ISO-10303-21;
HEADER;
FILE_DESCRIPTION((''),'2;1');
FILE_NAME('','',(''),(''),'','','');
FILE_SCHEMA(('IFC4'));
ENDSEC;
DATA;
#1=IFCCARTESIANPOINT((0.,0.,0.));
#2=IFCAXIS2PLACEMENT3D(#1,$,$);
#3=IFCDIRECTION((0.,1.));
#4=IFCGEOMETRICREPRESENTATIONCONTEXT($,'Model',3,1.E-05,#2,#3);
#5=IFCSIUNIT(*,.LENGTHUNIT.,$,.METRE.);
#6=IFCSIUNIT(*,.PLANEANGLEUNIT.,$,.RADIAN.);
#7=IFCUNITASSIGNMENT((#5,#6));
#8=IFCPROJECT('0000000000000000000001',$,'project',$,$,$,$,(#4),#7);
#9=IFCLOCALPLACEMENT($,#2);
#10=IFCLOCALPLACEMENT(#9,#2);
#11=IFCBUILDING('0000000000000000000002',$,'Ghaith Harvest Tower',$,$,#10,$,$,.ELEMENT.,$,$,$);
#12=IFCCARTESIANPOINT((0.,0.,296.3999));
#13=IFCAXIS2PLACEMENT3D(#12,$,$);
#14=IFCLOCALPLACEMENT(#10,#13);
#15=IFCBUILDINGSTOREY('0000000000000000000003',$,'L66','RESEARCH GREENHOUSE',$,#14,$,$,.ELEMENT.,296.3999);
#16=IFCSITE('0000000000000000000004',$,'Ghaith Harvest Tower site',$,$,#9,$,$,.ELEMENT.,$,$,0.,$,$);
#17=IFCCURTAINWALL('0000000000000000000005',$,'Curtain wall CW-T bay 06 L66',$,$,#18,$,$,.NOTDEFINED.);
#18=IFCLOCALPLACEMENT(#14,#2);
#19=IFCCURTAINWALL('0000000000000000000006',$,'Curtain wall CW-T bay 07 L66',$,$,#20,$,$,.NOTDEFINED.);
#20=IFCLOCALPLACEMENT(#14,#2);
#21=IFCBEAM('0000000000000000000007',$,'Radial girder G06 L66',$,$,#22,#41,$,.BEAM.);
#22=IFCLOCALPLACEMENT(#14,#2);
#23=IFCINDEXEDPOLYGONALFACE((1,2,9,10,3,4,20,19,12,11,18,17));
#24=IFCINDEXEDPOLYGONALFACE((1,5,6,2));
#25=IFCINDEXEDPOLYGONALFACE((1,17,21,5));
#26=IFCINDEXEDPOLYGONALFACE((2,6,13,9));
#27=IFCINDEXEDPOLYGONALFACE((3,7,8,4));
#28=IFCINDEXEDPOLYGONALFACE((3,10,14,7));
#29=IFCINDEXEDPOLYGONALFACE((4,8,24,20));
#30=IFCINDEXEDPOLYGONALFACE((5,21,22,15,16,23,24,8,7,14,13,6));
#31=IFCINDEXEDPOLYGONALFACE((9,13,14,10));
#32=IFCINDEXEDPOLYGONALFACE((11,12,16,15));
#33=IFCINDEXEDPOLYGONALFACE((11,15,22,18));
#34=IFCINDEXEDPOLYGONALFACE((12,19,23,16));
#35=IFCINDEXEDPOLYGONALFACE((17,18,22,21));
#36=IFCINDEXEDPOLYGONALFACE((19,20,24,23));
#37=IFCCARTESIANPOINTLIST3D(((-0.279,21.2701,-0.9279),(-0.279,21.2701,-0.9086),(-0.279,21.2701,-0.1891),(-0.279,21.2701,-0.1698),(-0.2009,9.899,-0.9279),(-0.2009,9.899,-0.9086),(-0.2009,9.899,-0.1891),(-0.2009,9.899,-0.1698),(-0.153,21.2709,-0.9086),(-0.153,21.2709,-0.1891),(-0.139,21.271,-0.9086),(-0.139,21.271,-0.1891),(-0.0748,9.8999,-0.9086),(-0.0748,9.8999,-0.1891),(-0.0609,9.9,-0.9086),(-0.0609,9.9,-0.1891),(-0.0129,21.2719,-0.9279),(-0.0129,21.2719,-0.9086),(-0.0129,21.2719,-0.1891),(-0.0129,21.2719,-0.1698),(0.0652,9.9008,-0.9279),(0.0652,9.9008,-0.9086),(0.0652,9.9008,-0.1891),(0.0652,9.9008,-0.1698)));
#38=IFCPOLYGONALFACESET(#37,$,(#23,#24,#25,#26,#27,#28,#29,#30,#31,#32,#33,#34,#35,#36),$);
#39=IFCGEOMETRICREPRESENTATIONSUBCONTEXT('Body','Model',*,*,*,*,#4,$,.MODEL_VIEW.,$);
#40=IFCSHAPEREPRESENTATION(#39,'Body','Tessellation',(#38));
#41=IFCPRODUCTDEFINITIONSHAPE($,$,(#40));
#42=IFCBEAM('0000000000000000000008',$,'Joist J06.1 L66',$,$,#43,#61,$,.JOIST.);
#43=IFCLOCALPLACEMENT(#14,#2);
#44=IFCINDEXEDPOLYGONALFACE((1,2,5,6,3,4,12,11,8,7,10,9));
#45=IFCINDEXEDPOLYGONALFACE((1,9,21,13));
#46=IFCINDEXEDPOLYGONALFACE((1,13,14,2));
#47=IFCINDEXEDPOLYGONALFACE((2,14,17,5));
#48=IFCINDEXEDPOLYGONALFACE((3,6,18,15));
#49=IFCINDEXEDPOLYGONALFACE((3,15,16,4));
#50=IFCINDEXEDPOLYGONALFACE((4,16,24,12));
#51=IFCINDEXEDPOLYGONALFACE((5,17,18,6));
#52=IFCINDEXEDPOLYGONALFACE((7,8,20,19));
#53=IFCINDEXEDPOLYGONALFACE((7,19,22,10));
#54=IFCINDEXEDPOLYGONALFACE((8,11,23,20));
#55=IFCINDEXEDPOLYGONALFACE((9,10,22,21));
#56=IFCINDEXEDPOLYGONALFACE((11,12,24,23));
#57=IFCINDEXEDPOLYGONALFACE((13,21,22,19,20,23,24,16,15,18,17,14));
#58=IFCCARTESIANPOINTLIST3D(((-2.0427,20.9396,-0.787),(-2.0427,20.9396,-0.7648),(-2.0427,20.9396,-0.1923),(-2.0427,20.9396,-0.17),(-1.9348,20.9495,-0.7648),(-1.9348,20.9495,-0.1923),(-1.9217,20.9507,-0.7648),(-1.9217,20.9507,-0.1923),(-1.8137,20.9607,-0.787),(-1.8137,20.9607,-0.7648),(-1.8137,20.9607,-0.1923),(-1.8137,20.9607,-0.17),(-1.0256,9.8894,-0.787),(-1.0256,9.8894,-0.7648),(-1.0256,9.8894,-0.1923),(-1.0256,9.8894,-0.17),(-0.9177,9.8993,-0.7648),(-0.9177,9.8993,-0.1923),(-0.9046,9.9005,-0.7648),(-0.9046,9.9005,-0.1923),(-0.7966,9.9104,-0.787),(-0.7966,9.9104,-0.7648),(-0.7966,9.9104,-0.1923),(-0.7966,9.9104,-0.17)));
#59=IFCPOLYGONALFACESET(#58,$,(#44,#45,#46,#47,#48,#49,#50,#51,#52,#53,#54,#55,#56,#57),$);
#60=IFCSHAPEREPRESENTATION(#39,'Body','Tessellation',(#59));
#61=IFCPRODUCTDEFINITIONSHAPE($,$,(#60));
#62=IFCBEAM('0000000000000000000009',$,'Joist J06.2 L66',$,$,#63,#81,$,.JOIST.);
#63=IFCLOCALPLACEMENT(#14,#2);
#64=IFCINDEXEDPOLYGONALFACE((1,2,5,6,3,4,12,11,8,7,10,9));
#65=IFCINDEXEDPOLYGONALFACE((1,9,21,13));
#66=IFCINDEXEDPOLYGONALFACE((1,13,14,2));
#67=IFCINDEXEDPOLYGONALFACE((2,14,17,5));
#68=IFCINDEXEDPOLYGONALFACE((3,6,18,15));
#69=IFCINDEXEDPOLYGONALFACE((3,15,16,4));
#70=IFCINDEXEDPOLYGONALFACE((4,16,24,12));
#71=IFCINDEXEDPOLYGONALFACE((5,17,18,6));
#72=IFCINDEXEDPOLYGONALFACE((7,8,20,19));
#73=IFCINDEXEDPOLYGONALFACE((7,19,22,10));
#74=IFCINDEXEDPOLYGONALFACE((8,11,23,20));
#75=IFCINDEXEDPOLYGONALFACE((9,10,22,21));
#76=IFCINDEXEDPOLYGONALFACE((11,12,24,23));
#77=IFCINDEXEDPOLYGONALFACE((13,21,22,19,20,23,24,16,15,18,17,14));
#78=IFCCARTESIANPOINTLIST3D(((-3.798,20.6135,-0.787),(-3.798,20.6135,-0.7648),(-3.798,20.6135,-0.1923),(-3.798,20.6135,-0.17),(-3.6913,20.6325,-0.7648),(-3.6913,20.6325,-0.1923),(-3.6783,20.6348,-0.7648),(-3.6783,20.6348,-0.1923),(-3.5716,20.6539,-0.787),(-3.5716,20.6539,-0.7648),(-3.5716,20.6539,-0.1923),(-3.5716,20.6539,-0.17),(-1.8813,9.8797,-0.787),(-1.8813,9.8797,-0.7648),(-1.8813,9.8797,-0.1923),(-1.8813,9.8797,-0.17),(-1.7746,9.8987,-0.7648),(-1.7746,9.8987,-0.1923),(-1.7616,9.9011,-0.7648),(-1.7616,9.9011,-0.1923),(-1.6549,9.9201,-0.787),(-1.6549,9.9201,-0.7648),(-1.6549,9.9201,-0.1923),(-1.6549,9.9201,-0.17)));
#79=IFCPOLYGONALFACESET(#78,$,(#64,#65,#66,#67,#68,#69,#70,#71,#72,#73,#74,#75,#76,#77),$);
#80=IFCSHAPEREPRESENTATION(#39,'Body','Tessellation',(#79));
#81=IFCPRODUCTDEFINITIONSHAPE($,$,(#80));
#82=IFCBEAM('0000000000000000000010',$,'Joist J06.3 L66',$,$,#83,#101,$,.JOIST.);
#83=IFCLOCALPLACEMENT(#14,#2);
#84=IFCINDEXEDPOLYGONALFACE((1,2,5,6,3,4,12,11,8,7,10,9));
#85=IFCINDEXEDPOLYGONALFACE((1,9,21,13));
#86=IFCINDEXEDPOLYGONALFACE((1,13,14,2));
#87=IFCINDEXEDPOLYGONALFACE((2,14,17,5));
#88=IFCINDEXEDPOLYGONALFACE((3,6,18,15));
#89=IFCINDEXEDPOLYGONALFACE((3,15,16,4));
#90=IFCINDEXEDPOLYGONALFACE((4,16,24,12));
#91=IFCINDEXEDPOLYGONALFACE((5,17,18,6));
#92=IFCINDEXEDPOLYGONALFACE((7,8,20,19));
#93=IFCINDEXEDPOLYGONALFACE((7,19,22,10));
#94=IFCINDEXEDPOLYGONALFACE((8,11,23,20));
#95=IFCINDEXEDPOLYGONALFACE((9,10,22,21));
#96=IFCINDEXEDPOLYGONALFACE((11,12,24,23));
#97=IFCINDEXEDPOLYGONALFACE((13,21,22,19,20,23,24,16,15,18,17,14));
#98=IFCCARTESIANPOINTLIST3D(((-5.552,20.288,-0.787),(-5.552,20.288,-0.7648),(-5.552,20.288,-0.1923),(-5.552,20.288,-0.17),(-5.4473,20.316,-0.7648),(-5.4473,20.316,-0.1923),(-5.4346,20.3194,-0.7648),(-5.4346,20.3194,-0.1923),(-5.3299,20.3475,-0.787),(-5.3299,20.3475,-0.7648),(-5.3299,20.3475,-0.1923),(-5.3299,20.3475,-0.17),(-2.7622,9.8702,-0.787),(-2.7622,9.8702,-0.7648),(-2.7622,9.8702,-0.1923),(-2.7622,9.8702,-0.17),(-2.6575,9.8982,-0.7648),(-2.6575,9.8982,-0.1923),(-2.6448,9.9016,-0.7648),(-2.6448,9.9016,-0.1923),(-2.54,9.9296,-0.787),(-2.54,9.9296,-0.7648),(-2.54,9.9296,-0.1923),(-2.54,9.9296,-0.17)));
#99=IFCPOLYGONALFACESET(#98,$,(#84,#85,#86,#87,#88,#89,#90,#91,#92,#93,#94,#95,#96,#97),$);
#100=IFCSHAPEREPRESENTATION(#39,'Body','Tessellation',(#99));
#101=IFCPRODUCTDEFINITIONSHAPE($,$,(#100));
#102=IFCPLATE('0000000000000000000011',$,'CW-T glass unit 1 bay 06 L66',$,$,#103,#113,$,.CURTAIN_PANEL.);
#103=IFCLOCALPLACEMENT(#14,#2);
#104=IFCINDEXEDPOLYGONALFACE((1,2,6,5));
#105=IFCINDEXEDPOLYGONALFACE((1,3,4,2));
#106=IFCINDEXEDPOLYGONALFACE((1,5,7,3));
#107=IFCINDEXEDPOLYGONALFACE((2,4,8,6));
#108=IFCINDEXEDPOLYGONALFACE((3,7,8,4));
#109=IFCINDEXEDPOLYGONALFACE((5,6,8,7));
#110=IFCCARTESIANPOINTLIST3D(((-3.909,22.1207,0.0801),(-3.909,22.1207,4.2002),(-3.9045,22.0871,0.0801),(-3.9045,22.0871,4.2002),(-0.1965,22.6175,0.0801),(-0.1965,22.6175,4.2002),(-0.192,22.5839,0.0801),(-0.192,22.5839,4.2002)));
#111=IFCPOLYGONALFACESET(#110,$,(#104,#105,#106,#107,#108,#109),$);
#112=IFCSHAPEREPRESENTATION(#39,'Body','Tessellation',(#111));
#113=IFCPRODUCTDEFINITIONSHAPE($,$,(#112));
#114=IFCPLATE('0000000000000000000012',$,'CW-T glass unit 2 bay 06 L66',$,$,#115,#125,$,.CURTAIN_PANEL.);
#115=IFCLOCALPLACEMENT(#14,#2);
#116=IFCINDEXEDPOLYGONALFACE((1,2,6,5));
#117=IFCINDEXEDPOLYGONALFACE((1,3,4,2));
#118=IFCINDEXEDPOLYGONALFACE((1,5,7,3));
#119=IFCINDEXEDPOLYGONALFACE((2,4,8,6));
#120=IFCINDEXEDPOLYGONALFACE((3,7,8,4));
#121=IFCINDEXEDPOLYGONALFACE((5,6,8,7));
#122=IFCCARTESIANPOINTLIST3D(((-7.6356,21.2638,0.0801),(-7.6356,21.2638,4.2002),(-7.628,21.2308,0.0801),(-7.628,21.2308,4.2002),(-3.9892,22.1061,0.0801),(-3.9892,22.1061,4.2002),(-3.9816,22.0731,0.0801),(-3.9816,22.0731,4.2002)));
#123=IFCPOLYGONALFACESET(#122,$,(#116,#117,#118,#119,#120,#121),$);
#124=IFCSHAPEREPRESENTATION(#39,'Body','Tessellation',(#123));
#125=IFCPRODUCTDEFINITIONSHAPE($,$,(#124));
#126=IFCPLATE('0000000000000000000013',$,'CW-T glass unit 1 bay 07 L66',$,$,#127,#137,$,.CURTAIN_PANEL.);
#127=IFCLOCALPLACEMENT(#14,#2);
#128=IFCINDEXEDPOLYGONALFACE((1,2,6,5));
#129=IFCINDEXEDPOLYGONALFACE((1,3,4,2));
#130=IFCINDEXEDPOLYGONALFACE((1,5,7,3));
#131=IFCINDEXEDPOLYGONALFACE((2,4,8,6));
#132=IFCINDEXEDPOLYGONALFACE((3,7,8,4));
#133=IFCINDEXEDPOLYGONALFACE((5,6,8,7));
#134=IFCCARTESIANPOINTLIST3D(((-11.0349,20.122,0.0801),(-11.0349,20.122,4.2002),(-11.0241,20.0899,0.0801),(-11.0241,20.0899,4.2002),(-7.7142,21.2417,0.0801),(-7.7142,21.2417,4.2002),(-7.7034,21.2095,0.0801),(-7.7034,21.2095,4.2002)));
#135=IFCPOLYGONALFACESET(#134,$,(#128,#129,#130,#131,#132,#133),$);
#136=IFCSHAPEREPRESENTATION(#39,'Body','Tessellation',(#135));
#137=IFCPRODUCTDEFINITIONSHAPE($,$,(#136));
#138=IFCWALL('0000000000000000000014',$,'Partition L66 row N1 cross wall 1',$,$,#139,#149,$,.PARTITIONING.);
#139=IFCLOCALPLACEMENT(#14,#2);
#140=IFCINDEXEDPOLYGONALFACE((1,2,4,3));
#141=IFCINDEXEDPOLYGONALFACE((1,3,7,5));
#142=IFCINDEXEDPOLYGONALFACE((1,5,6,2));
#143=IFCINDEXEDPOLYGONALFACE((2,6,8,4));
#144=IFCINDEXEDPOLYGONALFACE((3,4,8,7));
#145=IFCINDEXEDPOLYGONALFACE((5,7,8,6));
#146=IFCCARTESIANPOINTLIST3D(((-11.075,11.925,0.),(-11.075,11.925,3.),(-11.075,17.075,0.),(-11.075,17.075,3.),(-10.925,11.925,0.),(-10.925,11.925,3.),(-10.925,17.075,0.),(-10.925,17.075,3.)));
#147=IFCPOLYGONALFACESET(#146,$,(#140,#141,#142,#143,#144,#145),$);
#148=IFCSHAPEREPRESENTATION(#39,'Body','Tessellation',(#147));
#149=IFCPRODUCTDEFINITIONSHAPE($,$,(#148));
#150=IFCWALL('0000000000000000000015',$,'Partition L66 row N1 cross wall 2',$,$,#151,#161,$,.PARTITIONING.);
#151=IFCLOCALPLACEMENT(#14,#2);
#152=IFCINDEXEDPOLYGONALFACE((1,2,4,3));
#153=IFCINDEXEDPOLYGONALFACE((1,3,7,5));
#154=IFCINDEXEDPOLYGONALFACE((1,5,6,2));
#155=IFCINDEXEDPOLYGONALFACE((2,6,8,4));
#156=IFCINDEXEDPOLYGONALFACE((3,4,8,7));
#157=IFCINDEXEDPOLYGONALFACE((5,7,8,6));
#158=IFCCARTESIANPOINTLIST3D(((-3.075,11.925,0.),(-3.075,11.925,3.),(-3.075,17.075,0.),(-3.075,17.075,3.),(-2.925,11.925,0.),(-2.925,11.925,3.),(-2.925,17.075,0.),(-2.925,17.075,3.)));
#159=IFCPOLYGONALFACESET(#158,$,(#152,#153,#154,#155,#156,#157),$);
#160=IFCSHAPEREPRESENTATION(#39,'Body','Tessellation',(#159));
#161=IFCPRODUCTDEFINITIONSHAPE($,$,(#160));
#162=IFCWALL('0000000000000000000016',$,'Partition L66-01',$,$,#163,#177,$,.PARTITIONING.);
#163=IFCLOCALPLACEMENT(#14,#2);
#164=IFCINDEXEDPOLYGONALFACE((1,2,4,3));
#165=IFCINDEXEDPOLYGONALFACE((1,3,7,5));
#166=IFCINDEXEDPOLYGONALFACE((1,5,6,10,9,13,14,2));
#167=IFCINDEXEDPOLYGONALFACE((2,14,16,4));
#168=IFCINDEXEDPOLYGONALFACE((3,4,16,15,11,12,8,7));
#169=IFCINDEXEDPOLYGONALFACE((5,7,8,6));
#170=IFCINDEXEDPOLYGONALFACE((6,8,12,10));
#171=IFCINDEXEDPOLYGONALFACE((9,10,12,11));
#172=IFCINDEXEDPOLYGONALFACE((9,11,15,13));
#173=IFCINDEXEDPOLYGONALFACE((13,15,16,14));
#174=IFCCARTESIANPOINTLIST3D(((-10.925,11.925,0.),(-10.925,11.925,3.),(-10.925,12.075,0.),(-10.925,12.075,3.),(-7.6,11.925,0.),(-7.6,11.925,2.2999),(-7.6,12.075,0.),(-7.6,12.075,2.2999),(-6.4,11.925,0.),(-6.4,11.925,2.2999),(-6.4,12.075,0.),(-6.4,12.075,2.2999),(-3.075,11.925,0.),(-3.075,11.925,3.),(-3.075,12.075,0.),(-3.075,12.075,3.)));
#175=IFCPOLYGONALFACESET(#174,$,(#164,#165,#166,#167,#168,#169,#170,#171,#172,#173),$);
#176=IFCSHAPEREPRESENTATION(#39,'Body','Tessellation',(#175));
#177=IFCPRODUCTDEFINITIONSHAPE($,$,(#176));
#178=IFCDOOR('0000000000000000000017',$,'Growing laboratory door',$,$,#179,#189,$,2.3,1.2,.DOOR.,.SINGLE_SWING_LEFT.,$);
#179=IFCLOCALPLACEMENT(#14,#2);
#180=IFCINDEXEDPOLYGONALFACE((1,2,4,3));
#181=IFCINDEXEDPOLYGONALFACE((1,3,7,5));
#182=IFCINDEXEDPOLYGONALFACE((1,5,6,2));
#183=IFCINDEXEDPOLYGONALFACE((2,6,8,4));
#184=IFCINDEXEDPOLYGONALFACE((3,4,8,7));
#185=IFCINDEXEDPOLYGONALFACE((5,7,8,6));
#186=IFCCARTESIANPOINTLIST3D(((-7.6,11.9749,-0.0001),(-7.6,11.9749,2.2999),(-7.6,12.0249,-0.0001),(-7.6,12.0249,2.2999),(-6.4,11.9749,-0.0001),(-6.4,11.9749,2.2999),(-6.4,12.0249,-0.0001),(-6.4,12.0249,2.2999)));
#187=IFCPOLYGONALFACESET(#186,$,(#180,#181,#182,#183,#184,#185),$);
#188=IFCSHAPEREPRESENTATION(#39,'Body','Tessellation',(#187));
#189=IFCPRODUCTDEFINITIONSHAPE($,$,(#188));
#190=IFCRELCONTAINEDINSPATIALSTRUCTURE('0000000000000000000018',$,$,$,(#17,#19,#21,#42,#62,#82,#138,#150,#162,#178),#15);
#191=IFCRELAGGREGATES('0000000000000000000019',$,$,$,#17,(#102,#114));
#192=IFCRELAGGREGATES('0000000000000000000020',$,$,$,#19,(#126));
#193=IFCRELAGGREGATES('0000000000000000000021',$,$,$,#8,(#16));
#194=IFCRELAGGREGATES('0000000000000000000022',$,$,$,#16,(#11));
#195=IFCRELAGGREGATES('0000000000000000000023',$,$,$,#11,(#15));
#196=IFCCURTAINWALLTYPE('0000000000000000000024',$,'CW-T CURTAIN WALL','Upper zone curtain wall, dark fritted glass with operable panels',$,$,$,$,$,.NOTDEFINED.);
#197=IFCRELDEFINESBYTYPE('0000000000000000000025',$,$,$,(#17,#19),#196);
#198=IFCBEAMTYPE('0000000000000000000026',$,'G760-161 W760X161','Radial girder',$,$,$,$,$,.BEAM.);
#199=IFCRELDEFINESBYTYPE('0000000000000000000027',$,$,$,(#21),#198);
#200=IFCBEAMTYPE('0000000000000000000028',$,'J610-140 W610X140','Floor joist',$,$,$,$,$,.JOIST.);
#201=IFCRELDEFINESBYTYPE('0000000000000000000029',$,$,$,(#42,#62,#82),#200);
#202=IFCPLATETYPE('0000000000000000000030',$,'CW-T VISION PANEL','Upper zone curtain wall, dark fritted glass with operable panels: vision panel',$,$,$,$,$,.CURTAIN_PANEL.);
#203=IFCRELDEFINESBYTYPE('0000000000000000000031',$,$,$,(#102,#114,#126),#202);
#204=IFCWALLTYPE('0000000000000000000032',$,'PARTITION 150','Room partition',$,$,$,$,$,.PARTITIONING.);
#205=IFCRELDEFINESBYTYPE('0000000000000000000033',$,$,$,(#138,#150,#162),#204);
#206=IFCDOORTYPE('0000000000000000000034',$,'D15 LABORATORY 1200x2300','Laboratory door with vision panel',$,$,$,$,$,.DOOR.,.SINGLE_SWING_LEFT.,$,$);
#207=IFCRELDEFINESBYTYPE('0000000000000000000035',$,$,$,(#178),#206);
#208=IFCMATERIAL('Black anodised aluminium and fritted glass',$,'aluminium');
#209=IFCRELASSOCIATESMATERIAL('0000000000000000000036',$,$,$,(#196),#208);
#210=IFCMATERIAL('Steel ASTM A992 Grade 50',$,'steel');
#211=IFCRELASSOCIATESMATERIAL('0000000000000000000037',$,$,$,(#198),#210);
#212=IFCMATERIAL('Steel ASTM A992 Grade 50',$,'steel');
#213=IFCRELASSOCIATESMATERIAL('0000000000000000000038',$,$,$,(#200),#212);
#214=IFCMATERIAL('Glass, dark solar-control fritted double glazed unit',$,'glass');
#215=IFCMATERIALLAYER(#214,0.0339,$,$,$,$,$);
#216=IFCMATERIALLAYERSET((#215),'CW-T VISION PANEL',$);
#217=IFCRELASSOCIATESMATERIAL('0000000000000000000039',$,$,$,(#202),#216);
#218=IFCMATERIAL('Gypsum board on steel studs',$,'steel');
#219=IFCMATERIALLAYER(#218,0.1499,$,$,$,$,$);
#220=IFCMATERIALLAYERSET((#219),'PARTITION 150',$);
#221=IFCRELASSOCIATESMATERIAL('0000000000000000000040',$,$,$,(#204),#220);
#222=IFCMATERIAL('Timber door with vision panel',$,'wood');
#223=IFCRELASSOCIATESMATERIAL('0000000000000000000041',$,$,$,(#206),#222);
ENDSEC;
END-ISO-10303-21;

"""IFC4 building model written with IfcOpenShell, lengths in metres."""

from ifc_helpers import new_model, si_unit, direction, frame, frame_2d, origin, origin_2d, place, context, subcontext, project, spatial, rectangle, i_section, extrude, material, layer, layer_set, material_profile, profile_set, type_object, element, fill, aggregate, save


model = new_model("IFC4")

# Units and contexts
model_context = context("Model", 3, precision=1e-05, world=origin(), true_north=direction((0.0, 1.0)))
body_context = subcontext(model_context, "Body", "Model", "MODEL_VIEW")
ifc_project = project(units=[si_unit("LENGTHUNIT", "METRE"), si_unit("PLANEANGLEUNIT", "RADIAN")], contexts=[model_context])

# Site, building, storey
site_placement = place(None, origin())
site = spatial("IfcSite", under=ifc_project, at=site_placement, Name="Ghaith Harvest Tower site", CompositionType="ELEMENT", RefElevation=0.0)
building_placement = place(site_placement, origin())
building = spatial("IfcBuilding", under=site, at=building_placement, Name="Ghaith Harvest Tower", CompositionType="ELEMENT")
storey_placement = place(building_placement, frame((0.0, 0.0, 296.3999)))
storey = spatial("IfcBuildingStorey", under=building, at=storey_placement, Name="L66", Description="RESEARCH GREENHOUSE", CompositionType="ELEMENT", Elevation=296.3999)

# Curtain walls
ifc_material_1 = material(Name="Black anodised aluminium and fritted glass", Category="aluminium")
curtain_wall_type = type_object("IfcCurtainWallType", Name="CW-T CURTAIN WALL", Description="Upper zone curtain wall, dark fritted glass with operable panels", PredefinedType="NOTDEFINED", material=ifc_material_1)
curtain_wall_1_placement = place(storey_placement, origin())
curtain_wall_1 = element("IfcCurtainWall", 1, at=curtain_wall_1_placement, inside=storey, type_object=curtain_wall_type, Name="Curtain wall CW-T bay 06 L66", PredefinedType="NOTDEFINED")
curtain_wall_2_placement = place(storey_placement, origin())
curtain_wall_2 = element("IfcCurtainWall", 2, at=curtain_wall_2_placement, inside=storey, type_object=curtain_wall_type, Name="Curtain wall CW-T bay 07 L66", PredefinedType="NOTDEFINED")

# Beams
ifc_material_2 = material(Name="Steel ASTM A992 Grade 50", Category="steel")
ifc_material_profile_1 = material_profile(ifc_material_2, i_section(OverallWidth=0.2661, OverallDepth=0.7581, WebThickness=0.0139, FlangeThickness=0.0193, at=origin_2d()), Name="W760X161")
ifc_profile_set_1 = profile_set([ifc_material_profile_1], Name="Steel ASTM A992 Grade 50")
beam_type_1 = type_object("IfcBeamType", Name="G760-161 W760X161", Description="Radial girder", PredefinedType="BEAM", material=ifc_profile_set_1)
beam_1_placement = place(storey_placement, frame((-0.0679, 9.8999, -0.5488), z_axis=(-0.00687, 0.999976, 0.0), x_axis=(-0.999976, -0.00687, 0.0)))
element("IfcBeam", 3, at=beam_1_placement, inside=storey, type_object=beam_type_1, Name="Radial girder G06 L66", PredefinedType="BEAM", context=body_context, shape_type="SweptSolid", body=[
    extrude(i_section(OverallWidth=0.2661, OverallDepth=0.7581, WebThickness=0.0139, FlangeThickness=0.0193, at=origin_2d()), origin(), (0.0, 0.0, 1.0), 11.3713),
])
ifc_material_3 = material(Name="Steel ASTM A992 Grade 50", Category="steel")
ifc_material_profile_2 = material_profile(ifc_material_3, i_section(OverallWidth=0.23, OverallDepth=0.6169, WebThickness=0.0132, FlangeThickness=0.0222, at=origin_2d()), Name="W610X140")
ifc_profile_set_2 = profile_set([ifc_material_profile_2], Name="Steel ASTM A992 Grade 50")
beam_type_2 = type_object("IfcBeamType", Name="J610-140 W610X140", Description="Floor joist", PredefinedType="JOIST", material=ifc_profile_set_2)
beam_2_placement = place(storey_placement, frame((-0.9111, 9.8999, -0.4785), z_axis=(-0.091654, 0.995791, 0.0), x_axis=(-0.995791, -0.091654, 0.0)))
element("IfcBeam", 4, at=beam_2_placement, inside=storey, type_object=beam_type_2, Name="Joist J06.1 L66", PredefinedType="JOIST", context=body_context, shape_type="SweptSolid", body=[
    extrude(i_section(OverallWidth=0.23, OverallDepth=0.6169, WebThickness=0.0132, FlangeThickness=0.0222, at=origin_2d()), origin(), (0.0, 0.0, 1.0), 11.0969),
])
beam_3_placement = place(storey_placement, frame((-1.7681, 9.8999, -0.4785), z_axis=(-0.175789, 0.984428, 0.0), x_axis=(-0.984428, -0.175789, 0.0)))
element("IfcBeam", 5, at=beam_3_placement, inside=storey, type_object=beam_type_2, Name="Joist J06.2 L66", PredefinedType="JOIST", context=body_context, shape_type="SweptSolid", body=[
    extrude(i_section(OverallWidth=0.23, OverallDepth=0.6169, WebThickness=0.0132, FlangeThickness=0.0222, at=origin_2d()), origin(), (0.0, 0.0, 1.0), 10.9036),
])
beam_4_placement = place(storey_placement, frame((-2.6511, 9.8999, -0.4785), z_axis=(-0.258678, 0.965964, 0.0), x_axis=(-0.965964, -0.258678, 0.0)))
element("IfcBeam", 6, at=beam_4_placement, inside=storey, type_object=beam_type_2, Name="Joist J06.3 L66", PredefinedType="JOIST", context=body_context, shape_type="SweptSolid", body=[
    extrude(i_section(OverallWidth=0.23, OverallDepth=0.6169, WebThickness=0.0132, FlangeThickness=0.0222, at=origin_2d()), origin(), (0.0, 0.0, 1.0), 10.7849),
])

# Plates
ifc_material_4 = material(Name="Glass, dark solar-control fritted double glazed unit", Category="glass")
ifc_layer_1 = layer(ifc_material_4, 0.0339)
ifc_layer_set_1 = layer_set([ifc_layer_1], Name="CW-T VISION PANEL")
plate_type = type_object("IfcPlateType", Name="CW-T VISION PANEL", Description="Upper zone curtain wall, dark fritted glass with operable panels: vision panel", PredefinedType="CURTAIN_PANEL", material=ifc_layer_set_1)
plate_1_placement = place(storey_placement, frame((-2.0505, 22.3523, 0.0801), z_axis=(0.0, 0.0, 1.0), x_axis=(-0.991165, -0.132633, 0.0)))
plate_1 = element("IfcPlate", 7, at=plate_1_placement, type_object=plate_type, Name="CW-T glass unit 1 bay 06 L66", PredefinedType="CURTAIN_PANEL", context=body_context, shape_type="SweptSolid", body=[
    extrude(rectangle(XDim=3.7456, YDim=0.0339, at=origin_2d()), origin(), (0.0, 0.0, 1.0), 4.1201),
])
plate_2_placement = place(storey_placement, frame((-5.8086, 21.6685, 0.0801), z_axis=(0.0, 0.0, 1.0), x_axis=(-0.974342, -0.225072, 0.0)))
plate_2 = element("IfcPlate", 8, at=plate_2_placement, type_object=plate_type, Name="CW-T glass unit 2 bay 06 L66", PredefinedType="CURTAIN_PANEL", context=body_context, shape_type="SweptSolid", body=[
    extrude(rectangle(XDim=3.7424, YDim=0.0339, at=origin_2d()), origin(), (0.0, 0.0, 1.0), 4.1201),
])
aggregate(curtain_wall_1, [plate_1, plate_2])
plate_3_placement = place(storey_placement, frame((-9.3691, 20.6658, 0.0801), z_axis=(0.0, 0.0, 1.0), x_axis=(-0.947586, -0.3195, 0.0)))
plate_3 = element("IfcPlate", 9, at=plate_3_placement, type_object=plate_type, Name="CW-T glass unit 1 bay 07 L66", PredefinedType="CURTAIN_PANEL", context=body_context, shape_type="SweptSolid", body=[
    extrude(rectangle(XDim=3.5044, YDim=0.0339, at=origin_2d()), origin(), (0.0, 0.0, 1.0), 4.1201),
])
aggregate(curtain_wall_2, [plate_3])

# Walls
ifc_material_5 = material(Name="Gypsum board on steel studs", Category="steel")
ifc_layer_2 = layer(ifc_material_5, 0.1499)
ifc_layer_set_2 = layer_set([ifc_layer_2], Name="PARTITION 150")
wall_type = type_object("IfcWallType", Name="PARTITION 150", Description="Room partition", PredefinedType="PARTITIONING", material=ifc_layer_set_2)
for number, where, z_axis, x_axis, name in (
    (10, (-11.0, 11.925, 0.0), (0.0, 0.0, 1.0), (0.0, 1.0, 0.0), "Partition L66 row N1 cross wall 1"),
    (11, (-3.0, 11.925, 0.0), (0.0, 0.0, 1.0), (0.0, 1.0, 0.0), "Partition L66 row N1 cross wall 2"),
):
    element("IfcWall", number, at=place(storey_placement, frame(where, z_axis=z_axis, x_axis=x_axis)), inside=storey, type_object=wall_type, Name=name, PredefinedType="PARTITIONING", context=body_context, shape_type="SweptSolid", body=[
        extrude(rectangle(XDim=5.1499, YDim=0.1499, at=frame_2d((2.575, 0.0))), origin(), (0.0, 0.0, 1.0), 3.0),
    ])

# Wall, opening, door
wall_1_placement = place(storey_placement, frame((-10.925, 12.0, 0.0), z_axis=(0.0, 0.0, 1.0), x_axis=(1.0, 0.0, 0.0)))
wall_1 = element("IfcWall", 12, at=wall_1_placement, inside=storey, type_object=wall_type, Name="Partition L66-01", PredefinedType="PARTITIONING", context=body_context, shape_type="SweptSolid", body=[
    extrude(rectangle(XDim=7.8501, YDim=0.1499, at=frame_2d((3.925, 0.0))), origin(), (0.0, 0.0, 1.0), 3.0),
])
opening_1_placement = place(wall_1_placement, frame((3.325, 0.0, 0.0)))
opening_1 = element("IfcOpeningElement", 13, at=opening_1_placement, cuts=wall_1, PredefinedType="OPENING", context=body_context, shape_type="SweptSolid", body=[
    extrude(rectangle(XDim=1.2, YDim=2.3, at=frame_2d((0.6001, 1.1499))), frame((0.0, 0.085, 0.0), z_axis=(0.0, -1.0, 0.0), x_axis=(1.0, 0.0, 0.0)), (0.0, 0.0, 1.0), 0.1699),
])
ifc_material_6 = material(Name="Timber door with vision panel", Category="wood")
door_type = type_object("IfcDoorType", Name="D15 LABORATORY 1200x2300", Description="Laboratory door with vision panel", OperationType="SINGLE_SWING_LEFT", PredefinedType="DOOR", material=ifc_material_6)
door_1_placement = place(opening_1_placement, origin())
door_1 = element("IfcDoor", 14, at=door_1_placement, inside=storey, type_object=door_type, Name="Growing laboratory door", OperationType="SINGLE_SWING_LEFT", OverallHeight=2.3, OverallWidth=1.2, PredefinedType="DOOR", context=body_context, shape_type="SweptSolid", body=[
    extrude(rectangle(XDim=1.2, YDim=2.3, at=frame_2d((0.6001, 1.1499))), frame((0.0, 0.0249, 0.0), z_axis=(0.0, -1.0, 0.0), x_axis=(1.0, 0.0, 0.0)), (0.0, 0.0, 1.0), 0.05),
])
fill(opening_1, door_1)

save(model, "model.ifc")
